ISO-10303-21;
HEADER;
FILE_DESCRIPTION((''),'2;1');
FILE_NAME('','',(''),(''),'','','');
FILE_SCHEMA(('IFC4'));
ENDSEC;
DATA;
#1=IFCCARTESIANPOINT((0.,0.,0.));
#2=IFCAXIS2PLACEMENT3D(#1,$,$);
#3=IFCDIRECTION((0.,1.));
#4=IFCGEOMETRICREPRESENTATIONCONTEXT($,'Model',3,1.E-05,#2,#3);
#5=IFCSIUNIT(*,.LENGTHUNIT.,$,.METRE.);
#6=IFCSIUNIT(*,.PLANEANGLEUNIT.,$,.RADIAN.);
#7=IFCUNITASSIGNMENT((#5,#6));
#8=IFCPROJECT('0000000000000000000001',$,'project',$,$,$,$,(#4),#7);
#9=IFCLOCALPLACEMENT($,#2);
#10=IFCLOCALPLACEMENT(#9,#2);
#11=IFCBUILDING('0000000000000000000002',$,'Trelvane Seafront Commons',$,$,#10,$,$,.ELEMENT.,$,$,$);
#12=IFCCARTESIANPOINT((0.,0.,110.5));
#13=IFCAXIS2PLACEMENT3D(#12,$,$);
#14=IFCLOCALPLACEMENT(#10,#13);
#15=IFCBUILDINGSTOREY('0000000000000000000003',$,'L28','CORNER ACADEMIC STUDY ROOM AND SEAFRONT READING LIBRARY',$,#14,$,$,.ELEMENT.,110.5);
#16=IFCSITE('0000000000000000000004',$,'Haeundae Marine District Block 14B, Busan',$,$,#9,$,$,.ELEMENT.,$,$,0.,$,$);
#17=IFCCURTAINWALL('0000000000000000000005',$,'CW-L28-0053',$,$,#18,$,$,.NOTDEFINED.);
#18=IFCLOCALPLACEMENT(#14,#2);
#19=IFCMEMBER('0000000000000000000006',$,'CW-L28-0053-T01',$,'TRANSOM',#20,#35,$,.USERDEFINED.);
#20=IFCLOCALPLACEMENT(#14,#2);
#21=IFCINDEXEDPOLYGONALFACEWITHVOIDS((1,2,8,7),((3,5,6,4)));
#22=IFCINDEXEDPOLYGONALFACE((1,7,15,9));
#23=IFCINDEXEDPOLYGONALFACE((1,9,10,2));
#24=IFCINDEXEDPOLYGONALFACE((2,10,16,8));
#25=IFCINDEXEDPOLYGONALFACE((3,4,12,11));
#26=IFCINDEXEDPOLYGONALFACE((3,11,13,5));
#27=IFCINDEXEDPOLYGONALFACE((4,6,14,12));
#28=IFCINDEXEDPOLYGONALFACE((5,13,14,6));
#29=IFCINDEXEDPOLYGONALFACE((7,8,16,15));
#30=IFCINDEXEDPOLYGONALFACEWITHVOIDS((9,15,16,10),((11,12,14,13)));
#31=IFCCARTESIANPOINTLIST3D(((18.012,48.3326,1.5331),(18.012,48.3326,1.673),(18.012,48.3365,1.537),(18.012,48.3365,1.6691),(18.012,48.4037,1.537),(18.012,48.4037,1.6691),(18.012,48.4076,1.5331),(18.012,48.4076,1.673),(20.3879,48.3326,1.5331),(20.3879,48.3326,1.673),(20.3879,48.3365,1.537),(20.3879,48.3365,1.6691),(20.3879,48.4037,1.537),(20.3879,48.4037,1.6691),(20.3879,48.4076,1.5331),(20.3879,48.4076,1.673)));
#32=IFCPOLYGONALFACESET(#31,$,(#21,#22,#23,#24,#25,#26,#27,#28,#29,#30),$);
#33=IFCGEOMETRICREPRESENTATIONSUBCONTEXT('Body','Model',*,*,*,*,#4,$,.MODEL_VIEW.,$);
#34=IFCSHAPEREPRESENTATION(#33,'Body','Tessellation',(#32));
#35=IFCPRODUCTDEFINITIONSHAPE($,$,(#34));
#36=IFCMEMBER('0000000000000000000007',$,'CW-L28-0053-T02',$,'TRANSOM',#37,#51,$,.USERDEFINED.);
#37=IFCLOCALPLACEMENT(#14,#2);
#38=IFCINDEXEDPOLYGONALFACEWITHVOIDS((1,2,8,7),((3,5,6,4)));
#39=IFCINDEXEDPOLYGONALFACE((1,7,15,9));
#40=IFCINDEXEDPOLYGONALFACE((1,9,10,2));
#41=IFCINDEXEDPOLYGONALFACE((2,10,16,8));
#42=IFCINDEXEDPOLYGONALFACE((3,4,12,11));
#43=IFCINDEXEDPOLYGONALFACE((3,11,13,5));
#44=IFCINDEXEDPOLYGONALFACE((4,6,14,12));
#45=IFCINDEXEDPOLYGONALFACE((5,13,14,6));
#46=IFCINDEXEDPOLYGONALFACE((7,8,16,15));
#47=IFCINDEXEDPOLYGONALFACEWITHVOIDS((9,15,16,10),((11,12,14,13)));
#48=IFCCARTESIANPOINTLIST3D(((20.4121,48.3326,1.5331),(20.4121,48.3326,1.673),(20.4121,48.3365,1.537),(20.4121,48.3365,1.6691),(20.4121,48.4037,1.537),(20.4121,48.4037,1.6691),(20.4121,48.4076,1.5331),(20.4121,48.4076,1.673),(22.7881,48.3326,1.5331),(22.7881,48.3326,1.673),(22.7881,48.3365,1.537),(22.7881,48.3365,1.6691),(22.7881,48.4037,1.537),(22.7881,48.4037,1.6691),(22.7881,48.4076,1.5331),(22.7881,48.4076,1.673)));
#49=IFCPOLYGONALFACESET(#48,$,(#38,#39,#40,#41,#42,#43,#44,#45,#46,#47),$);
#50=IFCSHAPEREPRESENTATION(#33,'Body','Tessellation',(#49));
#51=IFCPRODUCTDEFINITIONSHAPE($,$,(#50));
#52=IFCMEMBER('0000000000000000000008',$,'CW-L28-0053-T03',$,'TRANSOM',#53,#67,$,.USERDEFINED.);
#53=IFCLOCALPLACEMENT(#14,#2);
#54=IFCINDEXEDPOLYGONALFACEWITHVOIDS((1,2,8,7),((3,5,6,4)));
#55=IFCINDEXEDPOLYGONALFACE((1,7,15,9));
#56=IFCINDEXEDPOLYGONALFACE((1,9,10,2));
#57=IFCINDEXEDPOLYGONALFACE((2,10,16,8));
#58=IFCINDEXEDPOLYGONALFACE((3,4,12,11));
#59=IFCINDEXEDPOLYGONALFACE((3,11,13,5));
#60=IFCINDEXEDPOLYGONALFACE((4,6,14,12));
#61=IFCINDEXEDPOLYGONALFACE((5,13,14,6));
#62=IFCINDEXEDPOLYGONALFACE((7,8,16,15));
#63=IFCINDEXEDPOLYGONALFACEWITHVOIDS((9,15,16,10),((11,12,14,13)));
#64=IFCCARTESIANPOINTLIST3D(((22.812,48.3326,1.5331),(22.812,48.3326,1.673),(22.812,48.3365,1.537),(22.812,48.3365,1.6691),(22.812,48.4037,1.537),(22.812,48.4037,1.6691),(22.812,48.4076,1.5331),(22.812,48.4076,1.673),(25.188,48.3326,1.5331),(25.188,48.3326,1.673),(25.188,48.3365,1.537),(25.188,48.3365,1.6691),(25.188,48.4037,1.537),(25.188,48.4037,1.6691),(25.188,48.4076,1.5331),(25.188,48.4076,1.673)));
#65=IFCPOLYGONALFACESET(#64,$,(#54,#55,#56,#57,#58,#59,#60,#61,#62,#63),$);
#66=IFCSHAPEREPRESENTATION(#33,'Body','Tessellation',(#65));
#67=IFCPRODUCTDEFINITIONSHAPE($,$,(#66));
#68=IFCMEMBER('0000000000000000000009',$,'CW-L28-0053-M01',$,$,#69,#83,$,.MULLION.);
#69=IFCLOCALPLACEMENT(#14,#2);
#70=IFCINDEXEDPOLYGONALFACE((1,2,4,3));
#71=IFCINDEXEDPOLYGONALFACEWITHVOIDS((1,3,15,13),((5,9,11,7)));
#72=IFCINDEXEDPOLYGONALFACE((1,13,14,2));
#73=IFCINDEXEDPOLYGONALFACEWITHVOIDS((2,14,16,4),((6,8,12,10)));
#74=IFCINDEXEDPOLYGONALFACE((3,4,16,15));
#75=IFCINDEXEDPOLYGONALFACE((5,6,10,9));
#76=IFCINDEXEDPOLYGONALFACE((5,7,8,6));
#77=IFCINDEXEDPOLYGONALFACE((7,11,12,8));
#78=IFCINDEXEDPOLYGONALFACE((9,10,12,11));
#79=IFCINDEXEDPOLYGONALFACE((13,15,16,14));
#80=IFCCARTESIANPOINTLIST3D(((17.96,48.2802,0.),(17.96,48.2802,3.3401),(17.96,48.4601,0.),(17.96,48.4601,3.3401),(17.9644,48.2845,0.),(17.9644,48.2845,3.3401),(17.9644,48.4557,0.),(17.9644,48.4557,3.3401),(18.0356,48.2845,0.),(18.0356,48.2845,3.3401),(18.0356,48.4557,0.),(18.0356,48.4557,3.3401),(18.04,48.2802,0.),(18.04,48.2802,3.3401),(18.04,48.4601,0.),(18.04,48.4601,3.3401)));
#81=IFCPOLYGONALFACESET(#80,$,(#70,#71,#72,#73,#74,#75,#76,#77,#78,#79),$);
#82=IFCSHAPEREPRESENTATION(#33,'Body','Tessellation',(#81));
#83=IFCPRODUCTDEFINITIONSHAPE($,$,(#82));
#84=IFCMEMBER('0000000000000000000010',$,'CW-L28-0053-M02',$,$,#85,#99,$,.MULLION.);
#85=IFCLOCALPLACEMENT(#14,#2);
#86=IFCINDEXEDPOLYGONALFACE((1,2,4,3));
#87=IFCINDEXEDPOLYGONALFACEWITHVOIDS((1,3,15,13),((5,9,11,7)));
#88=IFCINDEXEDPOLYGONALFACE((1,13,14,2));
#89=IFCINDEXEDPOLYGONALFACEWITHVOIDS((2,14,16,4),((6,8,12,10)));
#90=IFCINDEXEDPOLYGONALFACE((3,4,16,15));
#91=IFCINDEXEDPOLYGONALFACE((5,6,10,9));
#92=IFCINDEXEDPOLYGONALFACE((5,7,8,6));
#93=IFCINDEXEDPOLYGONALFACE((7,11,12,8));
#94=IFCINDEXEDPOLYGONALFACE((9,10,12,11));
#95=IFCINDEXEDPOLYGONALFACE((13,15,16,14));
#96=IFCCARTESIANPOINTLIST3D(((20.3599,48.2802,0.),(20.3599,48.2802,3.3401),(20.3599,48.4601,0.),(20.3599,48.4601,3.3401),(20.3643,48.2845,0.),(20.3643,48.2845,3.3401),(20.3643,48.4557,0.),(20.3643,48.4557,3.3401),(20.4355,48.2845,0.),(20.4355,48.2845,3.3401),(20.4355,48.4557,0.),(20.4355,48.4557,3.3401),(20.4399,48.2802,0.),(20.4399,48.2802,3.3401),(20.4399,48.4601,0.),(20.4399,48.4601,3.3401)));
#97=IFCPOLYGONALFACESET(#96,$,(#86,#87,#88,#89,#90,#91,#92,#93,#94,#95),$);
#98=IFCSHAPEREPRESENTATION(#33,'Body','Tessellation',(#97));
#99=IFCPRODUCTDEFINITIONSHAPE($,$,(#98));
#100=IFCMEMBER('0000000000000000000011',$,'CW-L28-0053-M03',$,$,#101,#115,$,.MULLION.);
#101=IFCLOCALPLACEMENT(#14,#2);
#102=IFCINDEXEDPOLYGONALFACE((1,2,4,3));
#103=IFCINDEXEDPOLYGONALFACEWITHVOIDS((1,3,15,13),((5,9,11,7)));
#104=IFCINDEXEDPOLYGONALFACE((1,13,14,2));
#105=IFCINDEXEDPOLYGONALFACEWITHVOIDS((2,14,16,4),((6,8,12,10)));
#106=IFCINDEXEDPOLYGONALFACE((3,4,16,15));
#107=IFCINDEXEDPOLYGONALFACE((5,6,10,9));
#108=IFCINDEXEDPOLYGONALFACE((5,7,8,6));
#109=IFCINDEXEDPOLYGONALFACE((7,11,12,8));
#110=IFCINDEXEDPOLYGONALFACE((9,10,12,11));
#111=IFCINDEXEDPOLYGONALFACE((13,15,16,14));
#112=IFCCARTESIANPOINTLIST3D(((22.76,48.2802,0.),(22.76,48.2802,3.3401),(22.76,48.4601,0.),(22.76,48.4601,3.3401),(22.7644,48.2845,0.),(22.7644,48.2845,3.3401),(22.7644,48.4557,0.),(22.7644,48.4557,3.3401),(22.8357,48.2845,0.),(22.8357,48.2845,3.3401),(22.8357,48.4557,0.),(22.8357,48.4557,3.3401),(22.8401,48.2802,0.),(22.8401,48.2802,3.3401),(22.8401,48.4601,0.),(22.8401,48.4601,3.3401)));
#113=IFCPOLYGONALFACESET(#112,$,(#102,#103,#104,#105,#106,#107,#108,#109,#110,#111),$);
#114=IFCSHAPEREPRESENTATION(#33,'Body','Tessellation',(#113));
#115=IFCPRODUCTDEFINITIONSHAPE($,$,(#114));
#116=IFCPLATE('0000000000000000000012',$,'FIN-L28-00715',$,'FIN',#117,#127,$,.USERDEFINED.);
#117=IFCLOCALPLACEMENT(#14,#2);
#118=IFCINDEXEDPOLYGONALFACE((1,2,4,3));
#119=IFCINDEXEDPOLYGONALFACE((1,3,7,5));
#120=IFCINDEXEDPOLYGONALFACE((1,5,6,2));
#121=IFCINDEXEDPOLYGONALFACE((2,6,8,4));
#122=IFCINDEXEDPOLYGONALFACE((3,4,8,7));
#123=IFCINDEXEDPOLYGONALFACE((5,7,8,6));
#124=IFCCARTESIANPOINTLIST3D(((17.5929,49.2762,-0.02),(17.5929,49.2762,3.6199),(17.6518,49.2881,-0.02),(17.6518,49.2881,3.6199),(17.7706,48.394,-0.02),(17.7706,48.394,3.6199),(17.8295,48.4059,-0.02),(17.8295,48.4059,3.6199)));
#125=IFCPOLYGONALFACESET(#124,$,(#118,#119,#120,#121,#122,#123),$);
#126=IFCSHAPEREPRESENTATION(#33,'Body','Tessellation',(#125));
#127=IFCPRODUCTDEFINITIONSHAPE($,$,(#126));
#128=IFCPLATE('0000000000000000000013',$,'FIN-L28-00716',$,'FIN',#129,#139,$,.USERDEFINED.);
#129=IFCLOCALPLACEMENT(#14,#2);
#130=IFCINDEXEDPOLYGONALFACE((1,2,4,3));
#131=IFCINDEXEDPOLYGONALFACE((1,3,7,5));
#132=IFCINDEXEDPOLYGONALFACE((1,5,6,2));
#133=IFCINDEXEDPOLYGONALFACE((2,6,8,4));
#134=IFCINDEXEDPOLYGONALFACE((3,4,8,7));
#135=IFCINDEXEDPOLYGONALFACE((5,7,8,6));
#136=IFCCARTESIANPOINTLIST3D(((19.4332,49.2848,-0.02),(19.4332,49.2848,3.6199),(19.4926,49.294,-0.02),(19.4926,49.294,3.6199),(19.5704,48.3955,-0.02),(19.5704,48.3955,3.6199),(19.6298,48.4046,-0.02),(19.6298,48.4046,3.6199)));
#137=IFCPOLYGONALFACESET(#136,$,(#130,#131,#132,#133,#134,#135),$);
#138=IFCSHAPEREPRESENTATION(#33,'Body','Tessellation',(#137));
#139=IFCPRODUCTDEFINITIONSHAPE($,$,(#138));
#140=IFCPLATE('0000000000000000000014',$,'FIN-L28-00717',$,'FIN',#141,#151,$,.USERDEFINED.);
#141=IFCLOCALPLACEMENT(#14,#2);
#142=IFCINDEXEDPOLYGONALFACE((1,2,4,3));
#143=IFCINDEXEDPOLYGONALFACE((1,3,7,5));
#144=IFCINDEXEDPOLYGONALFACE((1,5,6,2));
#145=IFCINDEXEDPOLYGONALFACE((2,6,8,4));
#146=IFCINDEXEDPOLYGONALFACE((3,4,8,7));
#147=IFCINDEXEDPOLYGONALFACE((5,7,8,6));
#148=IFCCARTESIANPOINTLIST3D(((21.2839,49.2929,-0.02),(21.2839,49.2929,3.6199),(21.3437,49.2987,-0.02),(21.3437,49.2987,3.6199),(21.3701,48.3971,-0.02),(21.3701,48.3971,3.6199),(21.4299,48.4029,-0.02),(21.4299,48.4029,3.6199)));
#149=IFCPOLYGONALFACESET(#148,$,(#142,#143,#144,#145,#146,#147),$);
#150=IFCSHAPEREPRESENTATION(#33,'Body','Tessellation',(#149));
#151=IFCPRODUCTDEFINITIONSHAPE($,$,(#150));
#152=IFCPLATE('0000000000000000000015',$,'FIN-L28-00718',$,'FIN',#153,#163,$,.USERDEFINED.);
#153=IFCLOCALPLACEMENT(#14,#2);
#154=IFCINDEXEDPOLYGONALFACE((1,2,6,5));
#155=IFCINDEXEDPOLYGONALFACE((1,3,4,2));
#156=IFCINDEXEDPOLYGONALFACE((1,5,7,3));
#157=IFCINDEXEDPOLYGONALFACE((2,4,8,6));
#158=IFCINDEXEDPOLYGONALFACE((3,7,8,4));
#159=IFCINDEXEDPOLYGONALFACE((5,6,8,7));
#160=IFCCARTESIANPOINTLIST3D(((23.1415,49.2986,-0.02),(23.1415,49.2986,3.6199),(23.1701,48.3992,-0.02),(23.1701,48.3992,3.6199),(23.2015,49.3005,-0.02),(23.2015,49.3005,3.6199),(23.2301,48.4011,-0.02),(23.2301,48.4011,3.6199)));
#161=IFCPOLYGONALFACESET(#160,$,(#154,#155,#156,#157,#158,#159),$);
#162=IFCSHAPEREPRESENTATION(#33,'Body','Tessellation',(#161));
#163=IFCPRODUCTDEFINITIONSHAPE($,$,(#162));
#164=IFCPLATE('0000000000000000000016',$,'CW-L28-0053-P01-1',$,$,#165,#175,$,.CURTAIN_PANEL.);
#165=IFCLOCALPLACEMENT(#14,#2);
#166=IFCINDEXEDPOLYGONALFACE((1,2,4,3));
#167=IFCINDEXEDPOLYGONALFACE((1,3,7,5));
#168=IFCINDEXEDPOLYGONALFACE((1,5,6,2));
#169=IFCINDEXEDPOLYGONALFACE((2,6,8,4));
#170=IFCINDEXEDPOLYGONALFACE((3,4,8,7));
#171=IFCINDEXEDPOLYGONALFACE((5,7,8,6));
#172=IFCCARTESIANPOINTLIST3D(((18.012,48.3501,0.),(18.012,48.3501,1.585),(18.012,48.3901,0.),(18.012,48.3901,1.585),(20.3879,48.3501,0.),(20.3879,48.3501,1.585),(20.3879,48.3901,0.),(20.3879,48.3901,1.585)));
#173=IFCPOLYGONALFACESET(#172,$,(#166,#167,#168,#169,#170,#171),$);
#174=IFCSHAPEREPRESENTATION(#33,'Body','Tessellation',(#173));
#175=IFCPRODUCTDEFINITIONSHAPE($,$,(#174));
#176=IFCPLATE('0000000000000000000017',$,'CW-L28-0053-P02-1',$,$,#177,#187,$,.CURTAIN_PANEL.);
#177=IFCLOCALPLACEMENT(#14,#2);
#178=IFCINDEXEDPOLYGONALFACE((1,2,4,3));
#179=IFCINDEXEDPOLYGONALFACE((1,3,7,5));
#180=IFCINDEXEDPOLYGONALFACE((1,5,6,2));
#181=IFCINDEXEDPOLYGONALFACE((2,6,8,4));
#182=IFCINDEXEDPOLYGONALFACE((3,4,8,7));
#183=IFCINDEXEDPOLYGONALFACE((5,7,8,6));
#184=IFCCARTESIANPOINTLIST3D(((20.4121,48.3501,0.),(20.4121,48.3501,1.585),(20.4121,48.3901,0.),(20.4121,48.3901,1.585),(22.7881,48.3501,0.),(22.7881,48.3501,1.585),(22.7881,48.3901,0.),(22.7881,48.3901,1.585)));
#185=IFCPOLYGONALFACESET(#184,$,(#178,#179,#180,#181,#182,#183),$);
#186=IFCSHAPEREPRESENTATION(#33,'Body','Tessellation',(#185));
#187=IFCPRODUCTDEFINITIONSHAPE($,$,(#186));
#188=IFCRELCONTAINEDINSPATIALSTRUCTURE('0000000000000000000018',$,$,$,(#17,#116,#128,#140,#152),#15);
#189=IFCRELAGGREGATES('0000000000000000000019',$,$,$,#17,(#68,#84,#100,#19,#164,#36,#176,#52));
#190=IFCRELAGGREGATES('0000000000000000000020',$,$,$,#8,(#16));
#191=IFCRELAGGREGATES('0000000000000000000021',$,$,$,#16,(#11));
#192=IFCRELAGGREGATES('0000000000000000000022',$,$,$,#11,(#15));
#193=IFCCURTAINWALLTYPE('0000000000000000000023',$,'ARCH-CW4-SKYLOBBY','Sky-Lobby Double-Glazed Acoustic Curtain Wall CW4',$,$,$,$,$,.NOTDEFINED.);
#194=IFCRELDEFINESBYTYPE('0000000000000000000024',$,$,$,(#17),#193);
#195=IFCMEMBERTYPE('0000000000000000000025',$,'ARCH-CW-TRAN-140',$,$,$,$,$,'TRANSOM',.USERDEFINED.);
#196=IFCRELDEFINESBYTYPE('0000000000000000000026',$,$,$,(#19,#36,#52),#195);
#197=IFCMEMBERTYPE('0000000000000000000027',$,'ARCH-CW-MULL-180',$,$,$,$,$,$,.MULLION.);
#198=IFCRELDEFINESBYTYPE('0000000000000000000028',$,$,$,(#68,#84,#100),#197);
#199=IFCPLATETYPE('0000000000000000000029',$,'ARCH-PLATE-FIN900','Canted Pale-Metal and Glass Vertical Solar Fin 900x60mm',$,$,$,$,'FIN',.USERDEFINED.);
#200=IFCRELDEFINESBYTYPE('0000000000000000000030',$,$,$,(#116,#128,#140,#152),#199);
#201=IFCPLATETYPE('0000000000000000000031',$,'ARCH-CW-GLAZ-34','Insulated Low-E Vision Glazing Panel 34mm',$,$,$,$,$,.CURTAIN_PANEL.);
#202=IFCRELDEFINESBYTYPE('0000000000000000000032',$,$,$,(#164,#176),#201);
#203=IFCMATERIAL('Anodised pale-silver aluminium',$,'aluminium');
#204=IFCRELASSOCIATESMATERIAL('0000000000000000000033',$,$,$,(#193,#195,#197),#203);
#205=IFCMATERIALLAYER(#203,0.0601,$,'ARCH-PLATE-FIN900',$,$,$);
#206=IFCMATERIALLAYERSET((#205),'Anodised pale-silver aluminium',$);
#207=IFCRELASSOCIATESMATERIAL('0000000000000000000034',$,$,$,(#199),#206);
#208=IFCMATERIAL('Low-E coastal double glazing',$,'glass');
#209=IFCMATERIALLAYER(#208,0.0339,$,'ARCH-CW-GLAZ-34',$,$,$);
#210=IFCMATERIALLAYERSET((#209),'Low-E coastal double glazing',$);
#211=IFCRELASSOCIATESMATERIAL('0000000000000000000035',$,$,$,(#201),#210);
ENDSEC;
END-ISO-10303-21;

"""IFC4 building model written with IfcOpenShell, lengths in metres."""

from ifc_helpers import new_model, si_unit, direction, frame, origin, origin_2d, place, context, subcontext, project, spatial, rectangle, hollow_rectangle, extrude, source, transform, mapped, material, layer, layer_set, material_profile, profile_set, type_object, element, aggregate, save


model = new_model("IFC4")

# Units and contexts
model_context = context("Model", 3, precision=1e-05, world=origin(), true_north=direction((0.0, 1.0)))
body_context = subcontext(model_context, "Body", "Model", "MODEL_VIEW")
ifc_project = project(units=[si_unit("LENGTHUNIT", "METRE"), si_unit("PLANEANGLEUNIT", "RADIAN")], contexts=[model_context])

# Site, building, storey
site_placement = place(None, origin())
site = spatial("IfcSite", under=ifc_project, at=site_placement, Name="Haeundae Marine District Block 14B, Busan", CompositionType="ELEMENT", RefElevation=0.0)
building_placement = place(site_placement, origin())
building = spatial("IfcBuilding", under=site, at=building_placement, Name="Trelvane Seafront Commons", CompositionType="ELEMENT")
storey_placement = place(building_placement, frame((0.0, 0.0, 110.5)))
storey = spatial("IfcBuildingStorey", under=building, at=storey_placement, Name="L28", Description="CORNER ACADEMIC STUDY ROOM AND SEAFRONT READING LIBRARY", CompositionType="ELEMENT", Elevation=110.5)

# Curtain wall, members
ifc_material_1 = material(Name="Anodised pale-silver aluminium", Category="aluminium")
curtain_wall_type = type_object("IfcCurtainWallType", Name="ARCH-CW4-SKYLOBBY", Description="Sky-Lobby Double-Glazed Acoustic Curtain Wall CW4", PredefinedType="NOTDEFINED", material=ifc_material_1)
curtain_wall_placement = place(storey_placement, origin())
curtain_wall = element("IfcCurtainWall", 1, at=curtain_wall_placement, inside=storey, type_object=curtain_wall_type, Name="CW-L28-0053", PredefinedType="NOTDEFINED")
ifc_material_profile_1 = material_profile(ifc_material_1, hollow_rectangle(XDim=0.075, YDim=0.1399, WallThickness=0.0039, at=origin_2d()), Name="TRAN-75x140x4")
ifc_profile_set_1 = profile_set([ifc_material_profile_1], Name="Anodised pale-silver aluminium")
member_type_1 = type_object("IfcMemberType", Name="ARCH-CW-TRAN-140", ElementType="TRANSOM", PredefinedType="USERDEFINED", material=ifc_profile_set_1)
shared_shape_1 = source(origin(), body_context, "Body", "SweptSolid", [
    extrude(hollow_rectangle(XDim=0.075, YDim=0.1399, WallThickness=0.0039, at=origin_2d()), origin(), (0.0, 0.0, 1.0), 2.376),
])
member_1_placement = place(storey_placement, frame((18.012, 48.3701, 1.603), z_axis=(1.0, 0.0, 0.0), x_axis=(0.0, 1.0, 0.0)))
member_1 = element("IfcMember", 2, at=member_1_placement, type_object=member_type_1, Name="CW-L28-0053-T01", ObjectType="TRANSOM", PredefinedType="USERDEFINED", context=body_context, shape_type="MappedRepresentation", body=[
    mapped(shared_shape_1, transform((0.0, 0.0, 0.0), x_axis=(1.0, 0.0, 0.0), y_axis=(0.0, 1.0, 0.0), z_axis=(0.0, 0.0, 1.0), scale=1.0)),
])
member_2_placement = place(storey_placement, frame((20.4121, 48.3701, 1.603), z_axis=(1.0, 0.0, 0.0), x_axis=(0.0, 1.0, 0.0)))
member_2 = element("IfcMember", 3, at=member_2_placement, type_object=member_type_1, Name="CW-L28-0053-T02", ObjectType="TRANSOM", PredefinedType="USERDEFINED", context=body_context, shape_type="MappedRepresentation", body=[
    mapped(shared_shape_1, transform((0.0, 0.0, 0.0), x_axis=(1.0, 0.0, 0.0), y_axis=(0.0, 1.0, 0.0), z_axis=(0.0, 0.0, 1.0), scale=1.0)),
])
member_3_placement = place(storey_placement, frame((22.812, 48.3701, 1.603), z_axis=(1.0, 0.0, 0.0), x_axis=(0.0, 1.0, 0.0)))
member_3 = element("IfcMember", 4, at=member_3_placement, type_object=member_type_1, Name="CW-L28-0053-T03", ObjectType="TRANSOM", PredefinedType="USERDEFINED", context=body_context, shape_type="MappedRepresentation", body=[
    mapped(shared_shape_1, transform((0.0, 0.0, 0.0), x_axis=(1.0, 0.0, 0.0), y_axis=(0.0, 1.0, 0.0), z_axis=(0.0, 0.0, 1.0), scale=1.0)),
])
ifc_material_profile_2 = material_profile(ifc_material_1, hollow_rectangle(XDim=0.0801, YDim=0.1799, WallThickness=0.0044, at=origin_2d()), Name="MULL-80x180x4.5")
ifc_profile_set_2 = profile_set([ifc_material_profile_2], Name="Anodised pale-silver aluminium")
member_type_2 = type_object("IfcMemberType", Name="ARCH-CW-MULL-180", PredefinedType="MULLION", material=ifc_profile_set_2)
shared_shape_2 = source(origin(), body_context, "Body", "SweptSolid", [
    extrude(hollow_rectangle(XDim=0.0801, YDim=0.1799, WallThickness=0.0044, at=origin_2d()), origin(), (0.0, 0.0, 1.0), 3.3401),
])
member_4_placement = place(storey_placement, frame((18.0, 48.3701, 0.0), z_axis=(0.0, 0.0, 1.0), x_axis=(1.0, 0.0, 0.0)))
member_4 = element("IfcMember", 5, at=member_4_placement, type_object=member_type_2, Name="CW-L28-0053-M01", PredefinedType="MULLION", context=body_context, shape_type="MappedRepresentation", body=[
    mapped(shared_shape_2, transform((0.0, 0.0, 0.0), x_axis=(1.0, 0.0, 0.0), y_axis=(0.0, 1.0, 0.0), z_axis=(0.0, 0.0, 1.0), scale=1.0)),
])
member_5_placement = place(storey_placement, frame((20.3999, 48.3701, 0.0), z_axis=(0.0, 0.0, 1.0), x_axis=(1.0, 0.0, 0.0)))
member_5 = element("IfcMember", 6, at=member_5_placement, type_object=member_type_2, Name="CW-L28-0053-M02", PredefinedType="MULLION", context=body_context, shape_type="MappedRepresentation", body=[
    mapped(shared_shape_2, transform((0.0, 0.0, 0.0), x_axis=(1.0, 0.0, 0.0), y_axis=(0.0, 1.0, 0.0), z_axis=(0.0, 0.0, 1.0), scale=1.0)),
])
member_6_placement = place(storey_placement, frame((22.8, 48.3701, 0.0), z_axis=(0.0, 0.0, 1.0), x_axis=(1.0, 0.0, 0.0)))
member_6 = element("IfcMember", 7, at=member_6_placement, type_object=member_type_2, Name="CW-L28-0053-M03", PredefinedType="MULLION", context=body_context, shape_type="MappedRepresentation", body=[
    mapped(shared_shape_2, transform((0.0, 0.0, 0.0), x_axis=(1.0, 0.0, 0.0), y_axis=(0.0, 1.0, 0.0), z_axis=(0.0, 0.0, 1.0), scale=1.0)),
])

# Plates
ifc_layer_1 = layer(ifc_material_1, 0.0601, Name="ARCH-PLATE-FIN900")
ifc_layer_set_1 = layer_set([ifc_layer_1], Name="Anodised pale-silver aluminium")
plate_type_1 = type_object("IfcPlateType", Name="ARCH-PLATE-FIN900", Description="Canted Pale-Metal and Glass Vertical Solar Fin 900x60mm", ElementType="FIN", PredefinedType="USERDEFINED", material=ifc_layer_set_1)
shared_shape_3 = source(origin(), body_context, "Body", "SweptSolid", [
    extrude(rectangle(XDim=0.8999, YDim=0.0601, at=origin_2d()), origin(), (0.0, 0.0, 1.0), 3.6399),
])
for number, where, z_axis, x_axis, name in (
    (8, (17.7112, 48.8411, -0.02), (0.0, 0.0, 1.0), (-0.19744, 0.980315, 0.0), "FIN-L28-00715"),
    (9, (19.5315, 48.8447, -0.02), (0.0, 0.0, 1.0), (-0.152441, 0.988313, 0.0), "FIN-L28-00716"),
    (10, (21.3569, 48.8479, -0.02), (0.0, 0.0, 1.0), (-0.095775, 0.995403, 0.0), "FIN-L28-00717"),
    (11, (23.1858, 48.8499, -0.02), (0.0, 0.0, 1.0), (-0.031779, 0.999495, 0.0), "FIN-L28-00718"),
):
    element("IfcPlate", number, at=place(storey_placement, frame(where, z_axis=z_axis, x_axis=x_axis)), inside=storey, type_object=plate_type_1, Name=name, ObjectType="FIN", PredefinedType="USERDEFINED", context=body_context, shape_type="MappedRepresentation", body=[
        mapped(shared_shape_3, transform((0.0, 0.0, 0.0), x_axis=(1.0, 0.0, 0.0), y_axis=(0.0, 1.0, 0.0), z_axis=(0.0, 0.0, 1.0), scale=1.0)),
    ])

# Plates
ifc_material_2 = material(Name="Low-E coastal double glazing", Category="glass")
ifc_layer_2 = layer(ifc_material_2, 0.0339, Name="ARCH-CW-GLAZ-34")
ifc_layer_set_2 = layer_set([ifc_layer_2], Name="Low-E coastal double glazing")
plate_type_2 = type_object("IfcPlateType", Name="ARCH-CW-GLAZ-34", Description="Insulated Low-E Vision Glazing Panel 34mm", PredefinedType="CURTAIN_PANEL", material=ifc_layer_set_2)
shared_shape_4 = source(origin(), body_context, "Body", "SweptSolid", [
    extrude(rectangle(XDim=2.376, YDim=0.04, at=origin_2d()), origin(), (0.0, 0.0, 1.0), 1.585),
])
plate_1_placement = place(storey_placement, frame((19.2, 48.3701, 0.0), z_axis=(0.0, 0.0, 1.0), x_axis=(1.0, 0.0, 0.0)))
plate_1 = element("IfcPlate", 12, at=plate_1_placement, type_object=plate_type_2, Name="CW-L28-0053-P01-1", PredefinedType="CURTAIN_PANEL", context=body_context, shape_type="MappedRepresentation", body=[
    mapped(shared_shape_4, transform((0.0, 0.0, 0.0), x_axis=(1.0, 0.0, 0.0), y_axis=(0.0, 1.0, 0.0), z_axis=(0.0, 0.0, 1.0), scale=1.0)),
])
plate_2_placement = place(storey_placement, frame((21.6001, 48.3701, 0.0), z_axis=(0.0, 0.0, 1.0), x_axis=(1.0, 0.0, 0.0)))
plate_2 = element("IfcPlate", 13, at=plate_2_placement, type_object=plate_type_2, Name="CW-L28-0053-P02-1", PredefinedType="CURTAIN_PANEL", context=body_context, shape_type="MappedRepresentation", body=[
    mapped(shared_shape_4, transform((0.0, 0.0, 0.0), x_axis=(1.0, 0.0, 0.0), y_axis=(0.0, 1.0, 0.0), z_axis=(0.0, 0.0, 1.0), scale=1.0)),
])
aggregate(curtain_wall, [member_4, member_5, member_6, member_1, plate_1, member_2, plate_2, member_3])

save(model, "model.ifc")
